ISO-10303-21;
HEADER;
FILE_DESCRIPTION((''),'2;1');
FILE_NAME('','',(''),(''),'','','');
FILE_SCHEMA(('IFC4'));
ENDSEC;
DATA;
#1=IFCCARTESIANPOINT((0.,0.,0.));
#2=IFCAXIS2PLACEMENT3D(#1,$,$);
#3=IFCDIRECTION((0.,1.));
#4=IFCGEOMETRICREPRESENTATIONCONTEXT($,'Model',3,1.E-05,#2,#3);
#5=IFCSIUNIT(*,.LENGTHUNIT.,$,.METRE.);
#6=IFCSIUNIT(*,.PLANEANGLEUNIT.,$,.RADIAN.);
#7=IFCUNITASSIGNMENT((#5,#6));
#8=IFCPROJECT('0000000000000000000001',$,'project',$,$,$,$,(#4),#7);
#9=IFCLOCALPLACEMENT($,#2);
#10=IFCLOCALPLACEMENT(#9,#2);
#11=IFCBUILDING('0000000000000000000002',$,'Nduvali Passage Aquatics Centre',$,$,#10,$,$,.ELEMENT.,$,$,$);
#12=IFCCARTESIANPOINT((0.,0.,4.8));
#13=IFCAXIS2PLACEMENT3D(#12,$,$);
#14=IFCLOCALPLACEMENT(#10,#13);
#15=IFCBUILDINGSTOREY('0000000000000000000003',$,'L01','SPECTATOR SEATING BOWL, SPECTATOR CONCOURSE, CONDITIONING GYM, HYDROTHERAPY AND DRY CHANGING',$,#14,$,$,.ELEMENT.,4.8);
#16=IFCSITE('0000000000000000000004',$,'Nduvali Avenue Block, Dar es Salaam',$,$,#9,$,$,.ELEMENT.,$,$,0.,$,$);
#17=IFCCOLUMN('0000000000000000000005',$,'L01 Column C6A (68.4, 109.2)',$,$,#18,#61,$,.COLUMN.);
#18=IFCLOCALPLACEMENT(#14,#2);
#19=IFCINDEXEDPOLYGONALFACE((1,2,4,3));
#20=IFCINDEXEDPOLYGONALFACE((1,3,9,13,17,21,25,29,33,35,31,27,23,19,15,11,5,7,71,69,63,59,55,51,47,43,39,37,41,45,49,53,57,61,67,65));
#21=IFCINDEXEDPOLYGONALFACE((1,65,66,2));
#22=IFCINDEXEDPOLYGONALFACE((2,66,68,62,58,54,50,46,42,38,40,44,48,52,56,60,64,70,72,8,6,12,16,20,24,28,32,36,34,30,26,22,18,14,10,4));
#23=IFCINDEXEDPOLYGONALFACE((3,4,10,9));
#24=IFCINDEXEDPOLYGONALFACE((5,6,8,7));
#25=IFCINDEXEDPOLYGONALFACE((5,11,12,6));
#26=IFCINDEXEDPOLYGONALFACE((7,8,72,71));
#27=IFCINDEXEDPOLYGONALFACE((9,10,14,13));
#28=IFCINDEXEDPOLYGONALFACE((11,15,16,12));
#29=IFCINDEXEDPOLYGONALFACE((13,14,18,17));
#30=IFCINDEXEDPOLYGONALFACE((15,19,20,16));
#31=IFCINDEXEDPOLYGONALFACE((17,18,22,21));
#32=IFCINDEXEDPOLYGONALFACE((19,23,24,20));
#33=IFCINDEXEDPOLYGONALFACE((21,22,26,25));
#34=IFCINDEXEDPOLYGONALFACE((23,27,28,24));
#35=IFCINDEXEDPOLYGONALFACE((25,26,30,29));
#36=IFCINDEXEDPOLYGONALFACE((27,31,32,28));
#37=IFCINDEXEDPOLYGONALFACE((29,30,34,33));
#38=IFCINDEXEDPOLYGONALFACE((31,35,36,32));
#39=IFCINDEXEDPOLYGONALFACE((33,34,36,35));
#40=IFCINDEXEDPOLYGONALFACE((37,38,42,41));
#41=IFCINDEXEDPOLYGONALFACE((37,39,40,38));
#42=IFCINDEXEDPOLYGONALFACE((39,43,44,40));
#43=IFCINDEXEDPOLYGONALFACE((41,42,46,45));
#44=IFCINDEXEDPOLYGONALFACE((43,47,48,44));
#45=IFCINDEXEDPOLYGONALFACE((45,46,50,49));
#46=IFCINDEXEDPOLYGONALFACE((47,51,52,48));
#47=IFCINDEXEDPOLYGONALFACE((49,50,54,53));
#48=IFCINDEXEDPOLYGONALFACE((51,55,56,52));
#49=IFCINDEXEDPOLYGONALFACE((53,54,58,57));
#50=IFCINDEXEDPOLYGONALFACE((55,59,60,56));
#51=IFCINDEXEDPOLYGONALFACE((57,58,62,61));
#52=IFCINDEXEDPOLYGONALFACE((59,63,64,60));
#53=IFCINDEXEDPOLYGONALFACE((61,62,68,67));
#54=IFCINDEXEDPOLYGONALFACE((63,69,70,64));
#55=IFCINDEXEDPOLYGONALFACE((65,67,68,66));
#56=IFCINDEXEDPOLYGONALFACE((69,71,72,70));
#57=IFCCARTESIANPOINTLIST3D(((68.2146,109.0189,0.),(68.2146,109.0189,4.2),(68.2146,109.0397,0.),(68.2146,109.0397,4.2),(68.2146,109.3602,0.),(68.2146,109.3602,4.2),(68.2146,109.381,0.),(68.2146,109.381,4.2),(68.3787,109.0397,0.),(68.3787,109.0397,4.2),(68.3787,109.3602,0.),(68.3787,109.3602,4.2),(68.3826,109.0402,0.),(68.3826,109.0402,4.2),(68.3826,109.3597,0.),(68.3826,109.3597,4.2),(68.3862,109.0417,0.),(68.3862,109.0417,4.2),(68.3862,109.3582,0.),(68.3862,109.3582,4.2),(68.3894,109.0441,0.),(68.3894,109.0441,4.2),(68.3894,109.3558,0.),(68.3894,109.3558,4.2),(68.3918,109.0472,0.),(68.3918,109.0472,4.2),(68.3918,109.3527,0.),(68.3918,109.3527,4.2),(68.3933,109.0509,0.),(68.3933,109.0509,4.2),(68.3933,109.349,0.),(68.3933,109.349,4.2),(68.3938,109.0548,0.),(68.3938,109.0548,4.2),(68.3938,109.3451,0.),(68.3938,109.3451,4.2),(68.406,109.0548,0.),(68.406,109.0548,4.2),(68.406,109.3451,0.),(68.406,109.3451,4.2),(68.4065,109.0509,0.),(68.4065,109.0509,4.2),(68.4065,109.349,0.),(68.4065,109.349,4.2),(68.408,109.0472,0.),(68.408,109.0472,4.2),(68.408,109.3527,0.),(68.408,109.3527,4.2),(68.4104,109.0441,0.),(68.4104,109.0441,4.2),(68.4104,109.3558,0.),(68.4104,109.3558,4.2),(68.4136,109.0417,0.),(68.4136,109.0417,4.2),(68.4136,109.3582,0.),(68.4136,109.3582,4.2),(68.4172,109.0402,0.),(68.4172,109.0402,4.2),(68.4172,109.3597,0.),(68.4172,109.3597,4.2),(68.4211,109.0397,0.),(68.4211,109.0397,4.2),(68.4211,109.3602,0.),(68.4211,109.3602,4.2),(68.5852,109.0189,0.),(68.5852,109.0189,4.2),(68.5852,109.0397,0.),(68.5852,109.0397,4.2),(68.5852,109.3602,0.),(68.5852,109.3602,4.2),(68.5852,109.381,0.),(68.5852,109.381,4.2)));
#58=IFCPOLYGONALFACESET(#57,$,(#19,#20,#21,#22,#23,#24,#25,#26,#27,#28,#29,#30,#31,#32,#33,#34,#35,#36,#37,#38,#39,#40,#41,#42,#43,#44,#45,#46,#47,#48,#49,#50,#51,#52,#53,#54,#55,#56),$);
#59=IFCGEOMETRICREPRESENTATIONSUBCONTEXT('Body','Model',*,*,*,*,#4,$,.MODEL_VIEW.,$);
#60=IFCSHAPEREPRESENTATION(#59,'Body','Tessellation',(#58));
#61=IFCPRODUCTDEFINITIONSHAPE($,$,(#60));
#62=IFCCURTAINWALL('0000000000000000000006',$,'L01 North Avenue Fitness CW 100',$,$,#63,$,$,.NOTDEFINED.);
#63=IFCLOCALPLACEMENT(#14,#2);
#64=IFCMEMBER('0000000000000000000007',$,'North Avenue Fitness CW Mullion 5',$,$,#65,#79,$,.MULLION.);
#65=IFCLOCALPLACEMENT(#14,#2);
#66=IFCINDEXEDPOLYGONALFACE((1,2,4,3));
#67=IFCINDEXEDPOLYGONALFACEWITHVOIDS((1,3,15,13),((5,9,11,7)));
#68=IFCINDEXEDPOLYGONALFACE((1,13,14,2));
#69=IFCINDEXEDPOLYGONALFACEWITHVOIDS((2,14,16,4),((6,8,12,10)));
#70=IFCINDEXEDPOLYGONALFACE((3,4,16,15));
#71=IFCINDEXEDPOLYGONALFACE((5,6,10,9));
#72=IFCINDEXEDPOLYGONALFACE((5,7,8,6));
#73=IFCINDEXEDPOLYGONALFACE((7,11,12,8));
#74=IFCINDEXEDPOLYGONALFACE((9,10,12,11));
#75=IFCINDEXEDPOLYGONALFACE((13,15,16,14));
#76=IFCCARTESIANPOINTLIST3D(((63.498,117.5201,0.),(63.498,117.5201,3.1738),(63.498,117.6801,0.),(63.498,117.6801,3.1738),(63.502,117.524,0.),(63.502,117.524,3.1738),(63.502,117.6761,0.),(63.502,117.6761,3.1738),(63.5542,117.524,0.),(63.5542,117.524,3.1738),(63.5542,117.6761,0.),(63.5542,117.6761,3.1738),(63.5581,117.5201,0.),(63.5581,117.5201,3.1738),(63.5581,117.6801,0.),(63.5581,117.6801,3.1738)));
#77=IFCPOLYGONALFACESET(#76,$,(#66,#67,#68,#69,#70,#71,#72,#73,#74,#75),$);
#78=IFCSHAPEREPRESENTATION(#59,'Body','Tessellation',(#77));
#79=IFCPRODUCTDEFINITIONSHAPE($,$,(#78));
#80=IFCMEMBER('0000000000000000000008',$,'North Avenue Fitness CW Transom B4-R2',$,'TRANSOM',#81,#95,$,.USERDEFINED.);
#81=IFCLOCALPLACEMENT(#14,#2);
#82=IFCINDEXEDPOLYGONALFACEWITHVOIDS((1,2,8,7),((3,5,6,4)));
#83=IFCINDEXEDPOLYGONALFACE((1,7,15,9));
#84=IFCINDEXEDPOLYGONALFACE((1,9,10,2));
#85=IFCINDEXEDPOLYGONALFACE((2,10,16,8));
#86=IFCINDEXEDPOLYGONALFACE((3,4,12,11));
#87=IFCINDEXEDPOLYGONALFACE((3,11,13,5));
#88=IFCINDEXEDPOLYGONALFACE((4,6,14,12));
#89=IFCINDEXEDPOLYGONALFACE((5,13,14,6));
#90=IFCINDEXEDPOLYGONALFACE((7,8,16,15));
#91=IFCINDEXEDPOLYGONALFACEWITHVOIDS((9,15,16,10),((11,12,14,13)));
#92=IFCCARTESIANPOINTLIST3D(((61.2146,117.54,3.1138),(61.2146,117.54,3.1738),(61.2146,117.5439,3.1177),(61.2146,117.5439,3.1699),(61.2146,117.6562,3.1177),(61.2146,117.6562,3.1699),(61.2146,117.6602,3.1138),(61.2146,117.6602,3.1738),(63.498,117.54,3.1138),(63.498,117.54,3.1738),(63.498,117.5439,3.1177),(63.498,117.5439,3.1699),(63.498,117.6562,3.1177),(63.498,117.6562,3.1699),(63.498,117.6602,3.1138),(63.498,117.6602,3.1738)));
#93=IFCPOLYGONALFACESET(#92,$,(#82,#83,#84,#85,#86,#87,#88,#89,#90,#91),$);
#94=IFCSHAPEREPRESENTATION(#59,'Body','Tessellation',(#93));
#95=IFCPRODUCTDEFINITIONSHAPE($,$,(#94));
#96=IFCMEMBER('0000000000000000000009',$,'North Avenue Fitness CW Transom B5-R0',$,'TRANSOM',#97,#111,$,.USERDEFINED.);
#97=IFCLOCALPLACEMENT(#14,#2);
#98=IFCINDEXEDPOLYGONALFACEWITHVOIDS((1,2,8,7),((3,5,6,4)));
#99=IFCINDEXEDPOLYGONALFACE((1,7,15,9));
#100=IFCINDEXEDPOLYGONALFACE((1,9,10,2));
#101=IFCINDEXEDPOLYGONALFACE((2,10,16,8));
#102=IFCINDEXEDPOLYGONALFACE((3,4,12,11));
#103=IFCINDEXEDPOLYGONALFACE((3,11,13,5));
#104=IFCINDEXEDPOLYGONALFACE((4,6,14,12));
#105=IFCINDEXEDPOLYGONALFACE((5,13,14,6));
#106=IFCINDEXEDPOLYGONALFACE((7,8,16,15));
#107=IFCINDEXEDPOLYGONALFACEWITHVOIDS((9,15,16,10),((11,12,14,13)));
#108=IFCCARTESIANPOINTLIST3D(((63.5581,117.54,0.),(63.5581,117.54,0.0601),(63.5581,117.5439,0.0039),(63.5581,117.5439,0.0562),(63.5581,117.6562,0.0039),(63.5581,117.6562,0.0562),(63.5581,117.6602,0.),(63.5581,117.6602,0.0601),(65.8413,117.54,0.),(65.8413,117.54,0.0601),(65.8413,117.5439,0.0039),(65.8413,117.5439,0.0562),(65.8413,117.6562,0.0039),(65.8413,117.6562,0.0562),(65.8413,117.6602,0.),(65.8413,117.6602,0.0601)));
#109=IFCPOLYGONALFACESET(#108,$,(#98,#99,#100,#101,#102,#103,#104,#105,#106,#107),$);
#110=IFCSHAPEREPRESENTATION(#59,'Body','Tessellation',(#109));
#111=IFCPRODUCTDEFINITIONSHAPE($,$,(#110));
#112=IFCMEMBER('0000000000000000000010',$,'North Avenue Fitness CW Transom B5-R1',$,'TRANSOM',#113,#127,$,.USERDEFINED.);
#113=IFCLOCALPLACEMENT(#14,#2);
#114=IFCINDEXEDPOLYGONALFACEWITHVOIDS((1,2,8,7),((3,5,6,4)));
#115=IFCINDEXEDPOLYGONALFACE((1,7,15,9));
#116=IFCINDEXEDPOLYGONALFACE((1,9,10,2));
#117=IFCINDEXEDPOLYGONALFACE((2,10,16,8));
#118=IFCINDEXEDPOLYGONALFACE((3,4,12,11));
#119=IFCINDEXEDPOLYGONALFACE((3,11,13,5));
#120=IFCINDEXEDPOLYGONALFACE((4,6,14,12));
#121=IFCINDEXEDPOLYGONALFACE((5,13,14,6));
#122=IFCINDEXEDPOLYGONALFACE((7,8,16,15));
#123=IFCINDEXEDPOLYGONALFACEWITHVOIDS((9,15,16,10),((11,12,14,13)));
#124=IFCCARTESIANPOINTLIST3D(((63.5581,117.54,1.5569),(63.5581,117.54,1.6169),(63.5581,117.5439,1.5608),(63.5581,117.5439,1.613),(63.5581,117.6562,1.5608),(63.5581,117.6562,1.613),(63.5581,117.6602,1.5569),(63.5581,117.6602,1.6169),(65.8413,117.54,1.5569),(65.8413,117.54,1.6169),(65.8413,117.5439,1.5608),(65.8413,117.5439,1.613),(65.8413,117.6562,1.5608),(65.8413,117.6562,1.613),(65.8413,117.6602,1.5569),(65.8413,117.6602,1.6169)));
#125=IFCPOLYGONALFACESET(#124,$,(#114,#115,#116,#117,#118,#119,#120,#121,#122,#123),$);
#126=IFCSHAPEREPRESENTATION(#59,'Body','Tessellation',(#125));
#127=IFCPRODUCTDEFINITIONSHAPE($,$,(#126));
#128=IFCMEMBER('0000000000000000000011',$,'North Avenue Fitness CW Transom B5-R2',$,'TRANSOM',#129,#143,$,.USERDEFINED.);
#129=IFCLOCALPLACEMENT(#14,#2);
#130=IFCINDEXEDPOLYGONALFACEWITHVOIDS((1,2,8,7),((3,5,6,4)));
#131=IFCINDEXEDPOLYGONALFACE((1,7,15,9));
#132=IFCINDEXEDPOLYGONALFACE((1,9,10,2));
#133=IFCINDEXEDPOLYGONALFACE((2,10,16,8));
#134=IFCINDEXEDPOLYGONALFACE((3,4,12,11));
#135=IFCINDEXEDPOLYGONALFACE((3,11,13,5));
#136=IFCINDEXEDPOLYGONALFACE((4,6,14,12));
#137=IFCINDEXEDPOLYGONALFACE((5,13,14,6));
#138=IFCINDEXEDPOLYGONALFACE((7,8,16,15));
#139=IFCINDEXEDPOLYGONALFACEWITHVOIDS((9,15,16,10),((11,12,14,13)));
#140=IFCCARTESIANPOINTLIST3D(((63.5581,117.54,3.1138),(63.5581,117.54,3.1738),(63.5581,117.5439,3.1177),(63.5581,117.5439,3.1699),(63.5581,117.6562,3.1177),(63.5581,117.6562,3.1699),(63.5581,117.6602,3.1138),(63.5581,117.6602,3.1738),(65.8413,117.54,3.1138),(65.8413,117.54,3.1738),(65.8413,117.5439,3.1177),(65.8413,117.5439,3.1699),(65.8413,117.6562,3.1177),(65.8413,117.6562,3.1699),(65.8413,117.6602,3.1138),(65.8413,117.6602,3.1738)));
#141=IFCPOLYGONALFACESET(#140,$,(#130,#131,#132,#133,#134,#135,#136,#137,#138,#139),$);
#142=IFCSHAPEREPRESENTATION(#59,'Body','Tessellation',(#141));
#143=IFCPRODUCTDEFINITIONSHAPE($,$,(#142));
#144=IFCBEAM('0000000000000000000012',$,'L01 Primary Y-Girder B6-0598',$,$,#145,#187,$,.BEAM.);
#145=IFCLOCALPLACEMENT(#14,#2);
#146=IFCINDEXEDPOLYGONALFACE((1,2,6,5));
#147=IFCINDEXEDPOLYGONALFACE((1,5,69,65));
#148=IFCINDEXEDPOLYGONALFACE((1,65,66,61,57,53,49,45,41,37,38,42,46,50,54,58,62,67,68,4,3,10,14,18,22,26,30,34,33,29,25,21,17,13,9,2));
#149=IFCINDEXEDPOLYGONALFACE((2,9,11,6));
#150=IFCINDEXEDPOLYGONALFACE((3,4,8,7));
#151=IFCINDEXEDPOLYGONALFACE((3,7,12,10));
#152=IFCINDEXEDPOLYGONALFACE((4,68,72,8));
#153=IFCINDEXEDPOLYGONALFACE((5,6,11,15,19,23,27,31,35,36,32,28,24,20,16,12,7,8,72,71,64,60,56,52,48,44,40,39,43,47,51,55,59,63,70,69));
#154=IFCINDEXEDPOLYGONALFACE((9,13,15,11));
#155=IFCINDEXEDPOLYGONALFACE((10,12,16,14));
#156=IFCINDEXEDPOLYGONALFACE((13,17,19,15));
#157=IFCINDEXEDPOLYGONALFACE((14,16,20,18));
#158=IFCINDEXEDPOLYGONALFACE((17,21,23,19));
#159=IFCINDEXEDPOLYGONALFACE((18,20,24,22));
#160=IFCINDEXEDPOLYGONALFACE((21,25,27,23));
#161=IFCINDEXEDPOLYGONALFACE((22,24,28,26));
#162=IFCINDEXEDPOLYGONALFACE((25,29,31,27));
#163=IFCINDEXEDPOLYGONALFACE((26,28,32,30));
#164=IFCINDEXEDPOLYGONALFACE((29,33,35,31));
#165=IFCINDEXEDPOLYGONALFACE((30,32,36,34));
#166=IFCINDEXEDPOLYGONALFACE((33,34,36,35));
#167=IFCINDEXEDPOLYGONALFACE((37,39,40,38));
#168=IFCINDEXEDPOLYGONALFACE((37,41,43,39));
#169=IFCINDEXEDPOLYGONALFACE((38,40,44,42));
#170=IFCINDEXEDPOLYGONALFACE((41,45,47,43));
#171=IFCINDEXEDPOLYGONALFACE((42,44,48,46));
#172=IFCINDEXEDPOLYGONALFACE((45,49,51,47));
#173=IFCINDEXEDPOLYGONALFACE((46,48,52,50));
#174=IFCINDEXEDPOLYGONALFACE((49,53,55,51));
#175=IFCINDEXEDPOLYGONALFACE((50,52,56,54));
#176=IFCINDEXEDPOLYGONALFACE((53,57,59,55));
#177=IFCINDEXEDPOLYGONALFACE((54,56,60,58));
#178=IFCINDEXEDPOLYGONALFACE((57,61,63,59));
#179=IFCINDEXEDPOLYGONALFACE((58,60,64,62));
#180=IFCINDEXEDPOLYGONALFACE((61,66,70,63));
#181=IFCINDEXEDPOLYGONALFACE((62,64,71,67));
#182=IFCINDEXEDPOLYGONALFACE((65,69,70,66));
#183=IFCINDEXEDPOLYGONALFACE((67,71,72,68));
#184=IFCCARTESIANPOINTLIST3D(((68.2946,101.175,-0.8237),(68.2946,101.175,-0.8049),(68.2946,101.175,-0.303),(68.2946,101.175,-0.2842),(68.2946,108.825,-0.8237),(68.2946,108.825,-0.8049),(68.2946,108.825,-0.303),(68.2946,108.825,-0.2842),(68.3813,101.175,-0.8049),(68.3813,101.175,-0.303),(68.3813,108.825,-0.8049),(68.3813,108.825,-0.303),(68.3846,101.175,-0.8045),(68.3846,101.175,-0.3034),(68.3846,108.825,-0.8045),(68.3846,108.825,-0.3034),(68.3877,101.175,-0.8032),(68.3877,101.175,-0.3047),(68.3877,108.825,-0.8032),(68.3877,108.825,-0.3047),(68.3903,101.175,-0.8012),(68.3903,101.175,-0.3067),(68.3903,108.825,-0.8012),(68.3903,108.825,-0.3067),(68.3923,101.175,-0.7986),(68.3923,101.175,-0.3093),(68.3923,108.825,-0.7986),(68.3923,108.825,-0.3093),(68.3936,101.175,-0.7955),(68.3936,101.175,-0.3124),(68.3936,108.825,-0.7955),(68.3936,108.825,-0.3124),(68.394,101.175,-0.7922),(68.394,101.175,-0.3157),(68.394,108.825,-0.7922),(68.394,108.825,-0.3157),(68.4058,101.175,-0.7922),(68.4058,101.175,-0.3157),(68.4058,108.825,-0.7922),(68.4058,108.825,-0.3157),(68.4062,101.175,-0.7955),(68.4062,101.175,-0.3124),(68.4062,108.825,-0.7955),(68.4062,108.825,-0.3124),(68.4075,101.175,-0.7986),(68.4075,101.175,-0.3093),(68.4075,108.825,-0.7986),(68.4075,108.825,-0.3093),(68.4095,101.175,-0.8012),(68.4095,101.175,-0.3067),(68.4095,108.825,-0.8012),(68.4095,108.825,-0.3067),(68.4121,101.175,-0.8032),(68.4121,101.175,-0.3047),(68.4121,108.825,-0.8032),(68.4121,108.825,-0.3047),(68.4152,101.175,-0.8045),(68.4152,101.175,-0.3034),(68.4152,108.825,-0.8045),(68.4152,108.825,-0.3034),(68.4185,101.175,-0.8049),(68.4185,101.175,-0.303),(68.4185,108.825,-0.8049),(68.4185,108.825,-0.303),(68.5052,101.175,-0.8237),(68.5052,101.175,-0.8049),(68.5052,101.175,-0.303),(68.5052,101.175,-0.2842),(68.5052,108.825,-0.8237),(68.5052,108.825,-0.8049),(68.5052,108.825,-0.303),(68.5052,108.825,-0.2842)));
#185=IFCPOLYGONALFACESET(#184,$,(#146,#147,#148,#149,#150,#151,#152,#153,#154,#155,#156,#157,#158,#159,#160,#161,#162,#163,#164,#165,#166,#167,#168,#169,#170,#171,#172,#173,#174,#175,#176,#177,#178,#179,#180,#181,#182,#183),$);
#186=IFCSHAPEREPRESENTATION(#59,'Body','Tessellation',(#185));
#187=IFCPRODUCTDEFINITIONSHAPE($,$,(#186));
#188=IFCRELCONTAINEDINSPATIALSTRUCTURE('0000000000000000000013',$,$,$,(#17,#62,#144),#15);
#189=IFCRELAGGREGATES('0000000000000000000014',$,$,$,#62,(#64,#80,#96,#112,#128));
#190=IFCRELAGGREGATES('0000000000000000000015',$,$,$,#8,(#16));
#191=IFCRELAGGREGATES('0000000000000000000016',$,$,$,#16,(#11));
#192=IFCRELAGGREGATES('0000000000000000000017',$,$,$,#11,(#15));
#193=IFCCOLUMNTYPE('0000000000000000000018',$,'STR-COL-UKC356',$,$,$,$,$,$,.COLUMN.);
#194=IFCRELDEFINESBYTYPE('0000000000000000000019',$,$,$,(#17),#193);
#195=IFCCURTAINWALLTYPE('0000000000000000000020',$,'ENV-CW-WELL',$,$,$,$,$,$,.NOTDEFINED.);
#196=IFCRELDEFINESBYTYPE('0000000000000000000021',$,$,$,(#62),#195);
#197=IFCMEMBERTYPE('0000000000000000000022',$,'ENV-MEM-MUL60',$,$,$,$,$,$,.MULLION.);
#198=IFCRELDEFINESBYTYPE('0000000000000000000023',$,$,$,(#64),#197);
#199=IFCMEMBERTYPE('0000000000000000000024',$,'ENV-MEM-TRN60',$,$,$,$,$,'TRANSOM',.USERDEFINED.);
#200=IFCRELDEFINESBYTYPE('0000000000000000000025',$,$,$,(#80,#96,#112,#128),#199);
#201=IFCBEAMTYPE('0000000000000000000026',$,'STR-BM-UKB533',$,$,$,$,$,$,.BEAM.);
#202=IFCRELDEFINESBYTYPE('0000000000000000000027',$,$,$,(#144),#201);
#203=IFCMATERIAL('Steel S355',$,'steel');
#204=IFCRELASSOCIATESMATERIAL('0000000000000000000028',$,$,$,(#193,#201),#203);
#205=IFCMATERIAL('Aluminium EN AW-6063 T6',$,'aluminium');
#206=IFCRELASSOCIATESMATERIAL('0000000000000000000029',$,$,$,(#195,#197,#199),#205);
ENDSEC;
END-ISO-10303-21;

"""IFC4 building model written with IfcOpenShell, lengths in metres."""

from ifc_helpers import new_model, si_unit, direction, frame, origin, origin_2d, place, context, subcontext, project, spatial, hollow_rectangle, i_section, extrude, material, material_profile, profile_set, type_object, element, aggregate, save


model = new_model("IFC4")

# Units and contexts
model_context = context("Model", 3, precision=1e-05, world=origin(), true_north=direction((0.0, 1.0)))
body_context = subcontext(model_context, "Body", "Model", "MODEL_VIEW")
ifc_project = project(units=[si_unit("LENGTHUNIT", "METRE"), si_unit("PLANEANGLEUNIT", "RADIAN")], contexts=[model_context])

# Site, building, storey
site_placement = place(None, origin())
site = spatial("IfcSite", under=ifc_project, at=site_placement, Name="Nduvali Avenue Block, Dar es Salaam", CompositionType="ELEMENT", RefElevation=0.0)
building_placement = place(site_placement, origin())
building = spatial("IfcBuilding", under=site, at=building_placement, Name="Nduvali Passage Aquatics Centre", CompositionType="ELEMENT")
storey_placement = place(building_placement, frame((0.0, 0.0, 4.8)))
storey = spatial("IfcBuildingStorey", under=building, at=storey_placement, Name="L01", Description="SPECTATOR SEATING BOWL, SPECTATOR CONCOURSE, CONDITIONING GYM, HYDROTHERAPY AND DRY CHANGING", CompositionType="ELEMENT", Elevation=4.8)

# Column
ifc_material_1 = material(Name="Steel S355", Category="steel")
ifc_material_profile_1 = material_profile(ifc_material_1, i_section(OverallWidth=0.3706, OverallDepth=0.3621, WebThickness=0.0122, FlangeThickness=0.0208, FilletRadius=0.0151, at=origin_2d()), Name="UKC 356x368x153")
ifc_profile_set_1 = profile_set([ifc_material_profile_1], Name="Steel S355")
column_type = type_object("IfcColumnType", Name="STR-COL-UKC356", PredefinedType="COLUMN", material=ifc_profile_set_1)
column_placement = place(storey_placement, frame((68.3999, 109.2, 0.0), z_axis=(0.0, 0.0, 1.0), x_axis=(1.0, 0.0, 0.0)))
element("IfcColumn", 1, at=column_placement, inside=storey, type_object=column_type, Name="L01 Column C6A (68.4, 109.2)", PredefinedType="COLUMN", context=body_context, shape_type="SweptSolid", body=[
    extrude(i_section(OverallWidth=0.3706, OverallDepth=0.3621, WebThickness=0.0122, FlangeThickness=0.0208, FilletRadius=0.0151, at=origin_2d()), origin(), (0.0, 0.0, 1.0), 4.2),
])

# Curtain wall, members
ifc_material_2 = material(Name="Aluminium EN AW-6063 T6", Category="aluminium")
curtain_wall_type = type_object("IfcCurtainWallType", Name="ENV-CW-WELL", PredefinedType="NOTDEFINED", material=ifc_material_2)
curtain_wall_placement = place(storey_placement, origin())
curtain_wall = element("IfcCurtainWall", 2, at=curtain_wall_placement, inside=storey, type_object=curtain_wall_type, Name="L01 North Avenue Fitness CW 100", PredefinedType="NOTDEFINED")
ifc_material_profile_2 = material_profile(ifc_material_2, hollow_rectangle(XDim=0.0601, YDim=0.1599, WallThickness=0.0039, at=origin_2d()), Name="ALU MULLION 60x160x4")
ifc_profile_set_2 = profile_set([ifc_material_profile_2], Name="Aluminium EN AW-6063 T6")
member_type_1 = type_object("IfcMemberType", Name="ENV-MEM-MUL60", PredefinedType="MULLION", material=ifc_profile_set_2)
member_1_placement = place(storey_placement, frame((63.5281, 117.6001, 0.0), z_axis=(0.0, 0.0, 1.0), x_axis=(1.0, 0.0, 0.0)))
member_1 = element("IfcMember", 3, at=member_1_placement, type_object=member_type_1, Name="North Avenue Fitness CW Mullion 5", PredefinedType="MULLION", context=body_context, shape_type="SweptSolid", body=[
    extrude(hollow_rectangle(XDim=0.0601, YDim=0.1599, WallThickness=0.0039, at=origin_2d()), origin(), (0.0, 0.0, 1.0), 3.1738),
])
ifc_material_profile_3 = material_profile(ifc_material_2, hollow_rectangle(XDim=0.1201, YDim=0.0601, WallThickness=0.0039, at=origin_2d()), Name="ALU TRANSOM 120x60x4")
ifc_profile_set_3 = profile_set([ifc_material_profile_3], Name="Aluminium EN AW-6063 T6")
member_type_2 = type_object("IfcMemberType", Name="ENV-MEM-TRN60", ElementType="TRANSOM", PredefinedType="USERDEFINED", material=ifc_profile_set_3)
member_2_placement = place(storey_placement, frame((61.2146, 117.6001, 3.1438), z_axis=(1.0, 0.0, 0.0), x_axis=(0.0, 1.0, 0.0)))
member_2 = element("IfcMember", 4, at=member_2_placement, type_object=member_type_2, Name="North Avenue Fitness CW Transom B4-R2", ObjectType="TRANSOM", PredefinedType="USERDEFINED", context=body_context, shape_type="SweptSolid", body=[
    extrude(hollow_rectangle(XDim=0.1201, YDim=0.0601, WallThickness=0.0039, at=origin_2d()), origin(), (0.0, 0.0, 1.0), 2.2834),
])
member_3_placement = place(storey_placement, frame((63.5581, 117.6001, 0.03), z_axis=(1.0, 0.0, 0.0), x_axis=(0.0, 1.0, 0.0)))
member_3 = element("IfcMember", 5, at=member_3_placement, type_object=member_type_2, Name="North Avenue Fitness CW Transom B5-R0", ObjectType="TRANSOM", PredefinedType="USERDEFINED", context=body_context, shape_type="SweptSolid", body=[
    extrude(hollow_rectangle(XDim=0.1201, YDim=0.0601, WallThickness=0.0039, at=origin_2d()), origin(), (0.0, 0.0, 1.0), 2.2832),
])
member_4_placement = place(storey_placement, frame((63.5581, 117.6001, 1.5869), z_axis=(1.0, 0.0, 0.0), x_axis=(0.0, 1.0, 0.0)))
member_4 = element("IfcMember", 6, at=member_4_placement, type_object=member_type_2, Name="North Avenue Fitness CW Transom B5-R1", ObjectType="TRANSOM", PredefinedType="USERDEFINED", context=body_context, shape_type="SweptSolid", body=[
    extrude(hollow_rectangle(XDim=0.1201, YDim=0.0601, WallThickness=0.0039, at=origin_2d()), origin(), (0.0, 0.0, 1.0), 2.2832),
])
member_5_placement = place(storey_placement, frame((63.5581, 117.6001, 3.1438), z_axis=(1.0, 0.0, 0.0), x_axis=(0.0, 1.0, 0.0)))
member_5 = element("IfcMember", 7, at=member_5_placement, type_object=member_type_2, Name="North Avenue Fitness CW Transom B5-R2", ObjectType="TRANSOM", PredefinedType="USERDEFINED", context=body_context, shape_type="SweptSolid", body=[
    extrude(hollow_rectangle(XDim=0.1201, YDim=0.0601, WallThickness=0.0039, at=origin_2d()), origin(), (0.0, 0.0, 1.0), 2.2832),
])

# Beam
ifc_material_profile_4 = material_profile(ifc_material_1, i_section(OverallWidth=0.2107, OverallDepth=0.5396, WebThickness=0.0117, FlangeThickness=0.0188, FilletRadius=0.0127, at=origin_2d()), Name="UKB 533x210x109")
ifc_profile_set_4 = profile_set([ifc_material_profile_4], Name="Steel S355")
beam_type_1 = type_object("IfcBeamType", Name="STR-BM-UKB533", PredefinedType="BEAM", material=ifc_profile_set_4)
beam_1_placement = place(storey_placement, frame((68.3999, 101.175, -0.554), z_axis=(0.0, 1.0, 0.0), x_axis=(-1.0, 0.0, 0.0)))
element("IfcBeam", 8, at=beam_1_placement, inside=storey, type_object=beam_type_1, Name="L01 Primary Y-Girder B6-0598", PredefinedType="BEAM", context=body_context, shape_type="SweptSolid", body=[
    extrude(i_section(OverallWidth=0.2107, OverallDepth=0.5396, WebThickness=0.0117, FlangeThickness=0.0188, FilletRadius=0.0127, at=origin_2d()), origin(), (0.0, 0.0, 1.0), 7.6499),
])

aggregate(curtain_wall, [member_1, member_2, member_3, member_4, member_5])

save(model, "model.ifc")
